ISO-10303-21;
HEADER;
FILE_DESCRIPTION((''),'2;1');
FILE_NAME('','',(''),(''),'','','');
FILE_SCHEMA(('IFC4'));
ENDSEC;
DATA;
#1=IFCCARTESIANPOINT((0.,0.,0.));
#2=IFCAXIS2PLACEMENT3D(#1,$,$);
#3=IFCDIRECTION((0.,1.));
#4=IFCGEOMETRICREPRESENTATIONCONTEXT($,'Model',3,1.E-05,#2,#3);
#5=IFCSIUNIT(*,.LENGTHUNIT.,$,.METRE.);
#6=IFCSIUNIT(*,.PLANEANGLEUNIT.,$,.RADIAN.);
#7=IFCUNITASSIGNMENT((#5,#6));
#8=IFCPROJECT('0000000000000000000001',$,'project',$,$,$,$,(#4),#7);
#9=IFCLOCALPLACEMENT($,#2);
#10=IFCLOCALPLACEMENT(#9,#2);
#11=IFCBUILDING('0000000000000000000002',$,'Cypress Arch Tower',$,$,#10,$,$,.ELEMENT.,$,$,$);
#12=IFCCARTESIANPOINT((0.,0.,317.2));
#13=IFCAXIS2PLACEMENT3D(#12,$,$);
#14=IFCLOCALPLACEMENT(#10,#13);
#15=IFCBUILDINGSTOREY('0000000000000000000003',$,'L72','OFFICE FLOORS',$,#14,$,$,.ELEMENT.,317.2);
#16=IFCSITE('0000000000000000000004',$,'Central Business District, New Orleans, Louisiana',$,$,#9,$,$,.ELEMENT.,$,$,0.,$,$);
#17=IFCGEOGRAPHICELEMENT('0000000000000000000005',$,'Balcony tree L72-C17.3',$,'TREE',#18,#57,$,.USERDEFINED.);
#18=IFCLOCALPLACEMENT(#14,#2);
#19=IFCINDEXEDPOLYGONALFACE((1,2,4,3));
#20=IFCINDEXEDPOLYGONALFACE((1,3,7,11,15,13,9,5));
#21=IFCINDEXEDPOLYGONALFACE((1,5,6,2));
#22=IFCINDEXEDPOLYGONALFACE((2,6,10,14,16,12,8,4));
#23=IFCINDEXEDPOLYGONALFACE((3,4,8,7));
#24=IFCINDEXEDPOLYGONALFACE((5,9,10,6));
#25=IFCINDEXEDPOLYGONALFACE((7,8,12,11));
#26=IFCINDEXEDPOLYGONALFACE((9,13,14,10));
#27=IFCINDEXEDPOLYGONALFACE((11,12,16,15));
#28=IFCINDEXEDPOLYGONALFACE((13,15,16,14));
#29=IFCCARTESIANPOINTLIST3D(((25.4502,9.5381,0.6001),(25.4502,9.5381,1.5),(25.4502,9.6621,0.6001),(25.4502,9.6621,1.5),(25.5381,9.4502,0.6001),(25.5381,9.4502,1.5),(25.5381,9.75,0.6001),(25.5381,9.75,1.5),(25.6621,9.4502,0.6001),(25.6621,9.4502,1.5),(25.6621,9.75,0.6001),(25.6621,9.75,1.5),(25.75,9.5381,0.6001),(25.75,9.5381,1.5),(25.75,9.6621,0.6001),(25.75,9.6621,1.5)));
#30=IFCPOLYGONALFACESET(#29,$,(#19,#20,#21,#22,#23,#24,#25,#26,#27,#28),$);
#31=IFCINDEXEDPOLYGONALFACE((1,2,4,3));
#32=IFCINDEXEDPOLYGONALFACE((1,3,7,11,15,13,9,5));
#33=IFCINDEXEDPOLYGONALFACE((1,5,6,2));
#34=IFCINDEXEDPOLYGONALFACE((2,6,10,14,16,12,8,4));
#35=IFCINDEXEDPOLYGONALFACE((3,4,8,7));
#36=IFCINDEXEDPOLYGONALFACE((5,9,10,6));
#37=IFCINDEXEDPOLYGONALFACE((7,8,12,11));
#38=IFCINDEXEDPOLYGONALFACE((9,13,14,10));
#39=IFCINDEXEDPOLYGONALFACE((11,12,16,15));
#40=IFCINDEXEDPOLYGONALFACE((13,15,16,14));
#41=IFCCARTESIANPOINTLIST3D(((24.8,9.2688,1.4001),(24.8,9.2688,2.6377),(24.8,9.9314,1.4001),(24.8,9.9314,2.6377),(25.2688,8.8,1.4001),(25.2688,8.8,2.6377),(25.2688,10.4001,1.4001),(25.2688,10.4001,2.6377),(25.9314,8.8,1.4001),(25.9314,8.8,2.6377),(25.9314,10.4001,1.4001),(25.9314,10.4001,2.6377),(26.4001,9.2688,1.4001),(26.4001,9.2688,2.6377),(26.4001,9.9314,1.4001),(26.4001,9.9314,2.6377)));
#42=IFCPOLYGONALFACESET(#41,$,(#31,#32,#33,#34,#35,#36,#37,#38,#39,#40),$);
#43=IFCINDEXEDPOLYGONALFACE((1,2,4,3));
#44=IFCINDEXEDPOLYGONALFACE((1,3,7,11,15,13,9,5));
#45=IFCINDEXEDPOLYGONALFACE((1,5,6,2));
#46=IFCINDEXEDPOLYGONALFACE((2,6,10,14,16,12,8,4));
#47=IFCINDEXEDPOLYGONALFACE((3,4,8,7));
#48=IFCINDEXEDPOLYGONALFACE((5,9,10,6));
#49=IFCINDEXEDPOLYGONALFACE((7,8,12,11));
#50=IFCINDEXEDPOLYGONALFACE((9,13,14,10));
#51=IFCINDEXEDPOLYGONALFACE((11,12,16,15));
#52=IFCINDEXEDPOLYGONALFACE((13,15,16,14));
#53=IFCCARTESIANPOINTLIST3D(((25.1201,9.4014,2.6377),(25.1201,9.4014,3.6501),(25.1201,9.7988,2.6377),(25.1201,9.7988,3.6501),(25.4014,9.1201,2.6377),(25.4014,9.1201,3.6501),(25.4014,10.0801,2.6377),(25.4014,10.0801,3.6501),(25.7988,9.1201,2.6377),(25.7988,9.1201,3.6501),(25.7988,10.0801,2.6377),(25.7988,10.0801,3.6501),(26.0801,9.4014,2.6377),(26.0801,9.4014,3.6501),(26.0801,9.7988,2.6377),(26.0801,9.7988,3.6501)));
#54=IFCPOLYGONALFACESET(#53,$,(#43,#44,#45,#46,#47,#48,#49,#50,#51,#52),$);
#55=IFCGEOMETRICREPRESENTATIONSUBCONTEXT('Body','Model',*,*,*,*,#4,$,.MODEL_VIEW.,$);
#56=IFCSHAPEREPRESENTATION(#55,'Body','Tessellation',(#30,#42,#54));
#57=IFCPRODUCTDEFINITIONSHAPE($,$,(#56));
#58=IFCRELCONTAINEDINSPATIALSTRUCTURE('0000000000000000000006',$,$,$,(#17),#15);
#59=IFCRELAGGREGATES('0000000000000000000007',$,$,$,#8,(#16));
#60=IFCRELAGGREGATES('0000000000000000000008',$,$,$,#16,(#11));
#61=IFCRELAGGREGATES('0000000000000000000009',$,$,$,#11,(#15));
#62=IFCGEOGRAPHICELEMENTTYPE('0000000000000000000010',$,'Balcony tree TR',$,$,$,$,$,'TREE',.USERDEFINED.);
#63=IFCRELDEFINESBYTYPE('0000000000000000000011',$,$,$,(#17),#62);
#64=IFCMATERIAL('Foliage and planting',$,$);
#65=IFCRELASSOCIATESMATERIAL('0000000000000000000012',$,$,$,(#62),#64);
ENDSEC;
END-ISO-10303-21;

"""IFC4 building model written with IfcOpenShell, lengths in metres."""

from ifc_helpers import new_model, si_unit, direction, frame, origin, place, context, subcontext, project, spatial, polyline, outline, extrude, material, type_object, element, save


model = new_model("IFC4")

# Units and contexts
model_context = context("Model", 3, precision=1e-05, world=origin(), true_north=direction((0.0, 1.0)))
body_context = subcontext(model_context, "Body", "Model", "MODEL_VIEW")
ifc_project = project(units=[si_unit("LENGTHUNIT", "METRE"), si_unit("PLANEANGLEUNIT", "RADIAN")], contexts=[model_context])

# Site, building, storey
site_placement = place(None, origin())
site = spatial("IfcSite", under=ifc_project, at=site_placement, Name="Central Business District, New Orleans, Louisiana", CompositionType="ELEMENT", RefElevation=0.0)
building_placement = place(site_placement, origin())
building = spatial("IfcBuilding", under=site, at=building_placement, Name="Cypress Arch Tower", CompositionType="ELEMENT")
storey_placement = place(building_placement, frame((0.0, 0.0, 317.2)))
storey = spatial("IfcBuildingStorey", under=building, at=storey_placement, Name="L72", Description="OFFICE FLOORS", CompositionType="ELEMENT", Elevation=317.2)

# Geographic element
ifc_material_1 = material(Name="Foliage and planting")
geographic_element_type = type_object("IfcGeographicElementType", Name="Balcony tree TR", ElementType="TREE", PredefinedType="USERDEFINED", material=ifc_material_1)
geographic_element_placement = place(storey_placement, frame((25.6001, 9.6001, 0.6001), z_axis=(0.0, 0.0, 1.0), x_axis=(1.0, 0.0, 0.0)))
element("IfcGeographicElement", 1, at=geographic_element_placement, inside=storey, type_object=geographic_element_type, Name="Balcony tree L72-C17.3", ObjectType="TREE", PredefinedType="USERDEFINED", context=body_context, shape_type="SweptSolid", body=[
    extrude(outline(polyline([(0.1499, 0.062), (0.062, 0.1499), (-0.062, 0.1499), (-0.1499, 0.062), (-0.1499, -0.062), (-0.062, -0.1499), (0.062, -0.1499), (0.1499, -0.062), (0.1499, 0.062)])), origin(), (0.0, 0.0, 1.0), 0.8999),
    extrude(outline(polyline([(0.8, 0.3313), (0.3313, 0.8), (-0.3313, 0.8), (-0.8, 0.3313), (-0.8, -0.3313), (-0.3313, -0.8), (0.3313, -0.8), (0.8, -0.3313), (0.8, 0.3313)])), frame((0.0, 0.0, 0.8)), (0.0, 0.0, 1.0), 1.2375),
    extrude(outline(polyline([(0.48, 0.1987), (0.1987, 0.48), (-0.1987, 0.48), (-0.48, 0.1987), (-0.48, -0.1987), (-0.1987, -0.48), (0.1987, -0.48), (0.48, -0.1987), (0.48, 0.1987)])), frame((0.0, 0.0, 2.0376)), (0.0, 0.0, 1.0), 1.0125),
])

save(model, "model.ifc")
